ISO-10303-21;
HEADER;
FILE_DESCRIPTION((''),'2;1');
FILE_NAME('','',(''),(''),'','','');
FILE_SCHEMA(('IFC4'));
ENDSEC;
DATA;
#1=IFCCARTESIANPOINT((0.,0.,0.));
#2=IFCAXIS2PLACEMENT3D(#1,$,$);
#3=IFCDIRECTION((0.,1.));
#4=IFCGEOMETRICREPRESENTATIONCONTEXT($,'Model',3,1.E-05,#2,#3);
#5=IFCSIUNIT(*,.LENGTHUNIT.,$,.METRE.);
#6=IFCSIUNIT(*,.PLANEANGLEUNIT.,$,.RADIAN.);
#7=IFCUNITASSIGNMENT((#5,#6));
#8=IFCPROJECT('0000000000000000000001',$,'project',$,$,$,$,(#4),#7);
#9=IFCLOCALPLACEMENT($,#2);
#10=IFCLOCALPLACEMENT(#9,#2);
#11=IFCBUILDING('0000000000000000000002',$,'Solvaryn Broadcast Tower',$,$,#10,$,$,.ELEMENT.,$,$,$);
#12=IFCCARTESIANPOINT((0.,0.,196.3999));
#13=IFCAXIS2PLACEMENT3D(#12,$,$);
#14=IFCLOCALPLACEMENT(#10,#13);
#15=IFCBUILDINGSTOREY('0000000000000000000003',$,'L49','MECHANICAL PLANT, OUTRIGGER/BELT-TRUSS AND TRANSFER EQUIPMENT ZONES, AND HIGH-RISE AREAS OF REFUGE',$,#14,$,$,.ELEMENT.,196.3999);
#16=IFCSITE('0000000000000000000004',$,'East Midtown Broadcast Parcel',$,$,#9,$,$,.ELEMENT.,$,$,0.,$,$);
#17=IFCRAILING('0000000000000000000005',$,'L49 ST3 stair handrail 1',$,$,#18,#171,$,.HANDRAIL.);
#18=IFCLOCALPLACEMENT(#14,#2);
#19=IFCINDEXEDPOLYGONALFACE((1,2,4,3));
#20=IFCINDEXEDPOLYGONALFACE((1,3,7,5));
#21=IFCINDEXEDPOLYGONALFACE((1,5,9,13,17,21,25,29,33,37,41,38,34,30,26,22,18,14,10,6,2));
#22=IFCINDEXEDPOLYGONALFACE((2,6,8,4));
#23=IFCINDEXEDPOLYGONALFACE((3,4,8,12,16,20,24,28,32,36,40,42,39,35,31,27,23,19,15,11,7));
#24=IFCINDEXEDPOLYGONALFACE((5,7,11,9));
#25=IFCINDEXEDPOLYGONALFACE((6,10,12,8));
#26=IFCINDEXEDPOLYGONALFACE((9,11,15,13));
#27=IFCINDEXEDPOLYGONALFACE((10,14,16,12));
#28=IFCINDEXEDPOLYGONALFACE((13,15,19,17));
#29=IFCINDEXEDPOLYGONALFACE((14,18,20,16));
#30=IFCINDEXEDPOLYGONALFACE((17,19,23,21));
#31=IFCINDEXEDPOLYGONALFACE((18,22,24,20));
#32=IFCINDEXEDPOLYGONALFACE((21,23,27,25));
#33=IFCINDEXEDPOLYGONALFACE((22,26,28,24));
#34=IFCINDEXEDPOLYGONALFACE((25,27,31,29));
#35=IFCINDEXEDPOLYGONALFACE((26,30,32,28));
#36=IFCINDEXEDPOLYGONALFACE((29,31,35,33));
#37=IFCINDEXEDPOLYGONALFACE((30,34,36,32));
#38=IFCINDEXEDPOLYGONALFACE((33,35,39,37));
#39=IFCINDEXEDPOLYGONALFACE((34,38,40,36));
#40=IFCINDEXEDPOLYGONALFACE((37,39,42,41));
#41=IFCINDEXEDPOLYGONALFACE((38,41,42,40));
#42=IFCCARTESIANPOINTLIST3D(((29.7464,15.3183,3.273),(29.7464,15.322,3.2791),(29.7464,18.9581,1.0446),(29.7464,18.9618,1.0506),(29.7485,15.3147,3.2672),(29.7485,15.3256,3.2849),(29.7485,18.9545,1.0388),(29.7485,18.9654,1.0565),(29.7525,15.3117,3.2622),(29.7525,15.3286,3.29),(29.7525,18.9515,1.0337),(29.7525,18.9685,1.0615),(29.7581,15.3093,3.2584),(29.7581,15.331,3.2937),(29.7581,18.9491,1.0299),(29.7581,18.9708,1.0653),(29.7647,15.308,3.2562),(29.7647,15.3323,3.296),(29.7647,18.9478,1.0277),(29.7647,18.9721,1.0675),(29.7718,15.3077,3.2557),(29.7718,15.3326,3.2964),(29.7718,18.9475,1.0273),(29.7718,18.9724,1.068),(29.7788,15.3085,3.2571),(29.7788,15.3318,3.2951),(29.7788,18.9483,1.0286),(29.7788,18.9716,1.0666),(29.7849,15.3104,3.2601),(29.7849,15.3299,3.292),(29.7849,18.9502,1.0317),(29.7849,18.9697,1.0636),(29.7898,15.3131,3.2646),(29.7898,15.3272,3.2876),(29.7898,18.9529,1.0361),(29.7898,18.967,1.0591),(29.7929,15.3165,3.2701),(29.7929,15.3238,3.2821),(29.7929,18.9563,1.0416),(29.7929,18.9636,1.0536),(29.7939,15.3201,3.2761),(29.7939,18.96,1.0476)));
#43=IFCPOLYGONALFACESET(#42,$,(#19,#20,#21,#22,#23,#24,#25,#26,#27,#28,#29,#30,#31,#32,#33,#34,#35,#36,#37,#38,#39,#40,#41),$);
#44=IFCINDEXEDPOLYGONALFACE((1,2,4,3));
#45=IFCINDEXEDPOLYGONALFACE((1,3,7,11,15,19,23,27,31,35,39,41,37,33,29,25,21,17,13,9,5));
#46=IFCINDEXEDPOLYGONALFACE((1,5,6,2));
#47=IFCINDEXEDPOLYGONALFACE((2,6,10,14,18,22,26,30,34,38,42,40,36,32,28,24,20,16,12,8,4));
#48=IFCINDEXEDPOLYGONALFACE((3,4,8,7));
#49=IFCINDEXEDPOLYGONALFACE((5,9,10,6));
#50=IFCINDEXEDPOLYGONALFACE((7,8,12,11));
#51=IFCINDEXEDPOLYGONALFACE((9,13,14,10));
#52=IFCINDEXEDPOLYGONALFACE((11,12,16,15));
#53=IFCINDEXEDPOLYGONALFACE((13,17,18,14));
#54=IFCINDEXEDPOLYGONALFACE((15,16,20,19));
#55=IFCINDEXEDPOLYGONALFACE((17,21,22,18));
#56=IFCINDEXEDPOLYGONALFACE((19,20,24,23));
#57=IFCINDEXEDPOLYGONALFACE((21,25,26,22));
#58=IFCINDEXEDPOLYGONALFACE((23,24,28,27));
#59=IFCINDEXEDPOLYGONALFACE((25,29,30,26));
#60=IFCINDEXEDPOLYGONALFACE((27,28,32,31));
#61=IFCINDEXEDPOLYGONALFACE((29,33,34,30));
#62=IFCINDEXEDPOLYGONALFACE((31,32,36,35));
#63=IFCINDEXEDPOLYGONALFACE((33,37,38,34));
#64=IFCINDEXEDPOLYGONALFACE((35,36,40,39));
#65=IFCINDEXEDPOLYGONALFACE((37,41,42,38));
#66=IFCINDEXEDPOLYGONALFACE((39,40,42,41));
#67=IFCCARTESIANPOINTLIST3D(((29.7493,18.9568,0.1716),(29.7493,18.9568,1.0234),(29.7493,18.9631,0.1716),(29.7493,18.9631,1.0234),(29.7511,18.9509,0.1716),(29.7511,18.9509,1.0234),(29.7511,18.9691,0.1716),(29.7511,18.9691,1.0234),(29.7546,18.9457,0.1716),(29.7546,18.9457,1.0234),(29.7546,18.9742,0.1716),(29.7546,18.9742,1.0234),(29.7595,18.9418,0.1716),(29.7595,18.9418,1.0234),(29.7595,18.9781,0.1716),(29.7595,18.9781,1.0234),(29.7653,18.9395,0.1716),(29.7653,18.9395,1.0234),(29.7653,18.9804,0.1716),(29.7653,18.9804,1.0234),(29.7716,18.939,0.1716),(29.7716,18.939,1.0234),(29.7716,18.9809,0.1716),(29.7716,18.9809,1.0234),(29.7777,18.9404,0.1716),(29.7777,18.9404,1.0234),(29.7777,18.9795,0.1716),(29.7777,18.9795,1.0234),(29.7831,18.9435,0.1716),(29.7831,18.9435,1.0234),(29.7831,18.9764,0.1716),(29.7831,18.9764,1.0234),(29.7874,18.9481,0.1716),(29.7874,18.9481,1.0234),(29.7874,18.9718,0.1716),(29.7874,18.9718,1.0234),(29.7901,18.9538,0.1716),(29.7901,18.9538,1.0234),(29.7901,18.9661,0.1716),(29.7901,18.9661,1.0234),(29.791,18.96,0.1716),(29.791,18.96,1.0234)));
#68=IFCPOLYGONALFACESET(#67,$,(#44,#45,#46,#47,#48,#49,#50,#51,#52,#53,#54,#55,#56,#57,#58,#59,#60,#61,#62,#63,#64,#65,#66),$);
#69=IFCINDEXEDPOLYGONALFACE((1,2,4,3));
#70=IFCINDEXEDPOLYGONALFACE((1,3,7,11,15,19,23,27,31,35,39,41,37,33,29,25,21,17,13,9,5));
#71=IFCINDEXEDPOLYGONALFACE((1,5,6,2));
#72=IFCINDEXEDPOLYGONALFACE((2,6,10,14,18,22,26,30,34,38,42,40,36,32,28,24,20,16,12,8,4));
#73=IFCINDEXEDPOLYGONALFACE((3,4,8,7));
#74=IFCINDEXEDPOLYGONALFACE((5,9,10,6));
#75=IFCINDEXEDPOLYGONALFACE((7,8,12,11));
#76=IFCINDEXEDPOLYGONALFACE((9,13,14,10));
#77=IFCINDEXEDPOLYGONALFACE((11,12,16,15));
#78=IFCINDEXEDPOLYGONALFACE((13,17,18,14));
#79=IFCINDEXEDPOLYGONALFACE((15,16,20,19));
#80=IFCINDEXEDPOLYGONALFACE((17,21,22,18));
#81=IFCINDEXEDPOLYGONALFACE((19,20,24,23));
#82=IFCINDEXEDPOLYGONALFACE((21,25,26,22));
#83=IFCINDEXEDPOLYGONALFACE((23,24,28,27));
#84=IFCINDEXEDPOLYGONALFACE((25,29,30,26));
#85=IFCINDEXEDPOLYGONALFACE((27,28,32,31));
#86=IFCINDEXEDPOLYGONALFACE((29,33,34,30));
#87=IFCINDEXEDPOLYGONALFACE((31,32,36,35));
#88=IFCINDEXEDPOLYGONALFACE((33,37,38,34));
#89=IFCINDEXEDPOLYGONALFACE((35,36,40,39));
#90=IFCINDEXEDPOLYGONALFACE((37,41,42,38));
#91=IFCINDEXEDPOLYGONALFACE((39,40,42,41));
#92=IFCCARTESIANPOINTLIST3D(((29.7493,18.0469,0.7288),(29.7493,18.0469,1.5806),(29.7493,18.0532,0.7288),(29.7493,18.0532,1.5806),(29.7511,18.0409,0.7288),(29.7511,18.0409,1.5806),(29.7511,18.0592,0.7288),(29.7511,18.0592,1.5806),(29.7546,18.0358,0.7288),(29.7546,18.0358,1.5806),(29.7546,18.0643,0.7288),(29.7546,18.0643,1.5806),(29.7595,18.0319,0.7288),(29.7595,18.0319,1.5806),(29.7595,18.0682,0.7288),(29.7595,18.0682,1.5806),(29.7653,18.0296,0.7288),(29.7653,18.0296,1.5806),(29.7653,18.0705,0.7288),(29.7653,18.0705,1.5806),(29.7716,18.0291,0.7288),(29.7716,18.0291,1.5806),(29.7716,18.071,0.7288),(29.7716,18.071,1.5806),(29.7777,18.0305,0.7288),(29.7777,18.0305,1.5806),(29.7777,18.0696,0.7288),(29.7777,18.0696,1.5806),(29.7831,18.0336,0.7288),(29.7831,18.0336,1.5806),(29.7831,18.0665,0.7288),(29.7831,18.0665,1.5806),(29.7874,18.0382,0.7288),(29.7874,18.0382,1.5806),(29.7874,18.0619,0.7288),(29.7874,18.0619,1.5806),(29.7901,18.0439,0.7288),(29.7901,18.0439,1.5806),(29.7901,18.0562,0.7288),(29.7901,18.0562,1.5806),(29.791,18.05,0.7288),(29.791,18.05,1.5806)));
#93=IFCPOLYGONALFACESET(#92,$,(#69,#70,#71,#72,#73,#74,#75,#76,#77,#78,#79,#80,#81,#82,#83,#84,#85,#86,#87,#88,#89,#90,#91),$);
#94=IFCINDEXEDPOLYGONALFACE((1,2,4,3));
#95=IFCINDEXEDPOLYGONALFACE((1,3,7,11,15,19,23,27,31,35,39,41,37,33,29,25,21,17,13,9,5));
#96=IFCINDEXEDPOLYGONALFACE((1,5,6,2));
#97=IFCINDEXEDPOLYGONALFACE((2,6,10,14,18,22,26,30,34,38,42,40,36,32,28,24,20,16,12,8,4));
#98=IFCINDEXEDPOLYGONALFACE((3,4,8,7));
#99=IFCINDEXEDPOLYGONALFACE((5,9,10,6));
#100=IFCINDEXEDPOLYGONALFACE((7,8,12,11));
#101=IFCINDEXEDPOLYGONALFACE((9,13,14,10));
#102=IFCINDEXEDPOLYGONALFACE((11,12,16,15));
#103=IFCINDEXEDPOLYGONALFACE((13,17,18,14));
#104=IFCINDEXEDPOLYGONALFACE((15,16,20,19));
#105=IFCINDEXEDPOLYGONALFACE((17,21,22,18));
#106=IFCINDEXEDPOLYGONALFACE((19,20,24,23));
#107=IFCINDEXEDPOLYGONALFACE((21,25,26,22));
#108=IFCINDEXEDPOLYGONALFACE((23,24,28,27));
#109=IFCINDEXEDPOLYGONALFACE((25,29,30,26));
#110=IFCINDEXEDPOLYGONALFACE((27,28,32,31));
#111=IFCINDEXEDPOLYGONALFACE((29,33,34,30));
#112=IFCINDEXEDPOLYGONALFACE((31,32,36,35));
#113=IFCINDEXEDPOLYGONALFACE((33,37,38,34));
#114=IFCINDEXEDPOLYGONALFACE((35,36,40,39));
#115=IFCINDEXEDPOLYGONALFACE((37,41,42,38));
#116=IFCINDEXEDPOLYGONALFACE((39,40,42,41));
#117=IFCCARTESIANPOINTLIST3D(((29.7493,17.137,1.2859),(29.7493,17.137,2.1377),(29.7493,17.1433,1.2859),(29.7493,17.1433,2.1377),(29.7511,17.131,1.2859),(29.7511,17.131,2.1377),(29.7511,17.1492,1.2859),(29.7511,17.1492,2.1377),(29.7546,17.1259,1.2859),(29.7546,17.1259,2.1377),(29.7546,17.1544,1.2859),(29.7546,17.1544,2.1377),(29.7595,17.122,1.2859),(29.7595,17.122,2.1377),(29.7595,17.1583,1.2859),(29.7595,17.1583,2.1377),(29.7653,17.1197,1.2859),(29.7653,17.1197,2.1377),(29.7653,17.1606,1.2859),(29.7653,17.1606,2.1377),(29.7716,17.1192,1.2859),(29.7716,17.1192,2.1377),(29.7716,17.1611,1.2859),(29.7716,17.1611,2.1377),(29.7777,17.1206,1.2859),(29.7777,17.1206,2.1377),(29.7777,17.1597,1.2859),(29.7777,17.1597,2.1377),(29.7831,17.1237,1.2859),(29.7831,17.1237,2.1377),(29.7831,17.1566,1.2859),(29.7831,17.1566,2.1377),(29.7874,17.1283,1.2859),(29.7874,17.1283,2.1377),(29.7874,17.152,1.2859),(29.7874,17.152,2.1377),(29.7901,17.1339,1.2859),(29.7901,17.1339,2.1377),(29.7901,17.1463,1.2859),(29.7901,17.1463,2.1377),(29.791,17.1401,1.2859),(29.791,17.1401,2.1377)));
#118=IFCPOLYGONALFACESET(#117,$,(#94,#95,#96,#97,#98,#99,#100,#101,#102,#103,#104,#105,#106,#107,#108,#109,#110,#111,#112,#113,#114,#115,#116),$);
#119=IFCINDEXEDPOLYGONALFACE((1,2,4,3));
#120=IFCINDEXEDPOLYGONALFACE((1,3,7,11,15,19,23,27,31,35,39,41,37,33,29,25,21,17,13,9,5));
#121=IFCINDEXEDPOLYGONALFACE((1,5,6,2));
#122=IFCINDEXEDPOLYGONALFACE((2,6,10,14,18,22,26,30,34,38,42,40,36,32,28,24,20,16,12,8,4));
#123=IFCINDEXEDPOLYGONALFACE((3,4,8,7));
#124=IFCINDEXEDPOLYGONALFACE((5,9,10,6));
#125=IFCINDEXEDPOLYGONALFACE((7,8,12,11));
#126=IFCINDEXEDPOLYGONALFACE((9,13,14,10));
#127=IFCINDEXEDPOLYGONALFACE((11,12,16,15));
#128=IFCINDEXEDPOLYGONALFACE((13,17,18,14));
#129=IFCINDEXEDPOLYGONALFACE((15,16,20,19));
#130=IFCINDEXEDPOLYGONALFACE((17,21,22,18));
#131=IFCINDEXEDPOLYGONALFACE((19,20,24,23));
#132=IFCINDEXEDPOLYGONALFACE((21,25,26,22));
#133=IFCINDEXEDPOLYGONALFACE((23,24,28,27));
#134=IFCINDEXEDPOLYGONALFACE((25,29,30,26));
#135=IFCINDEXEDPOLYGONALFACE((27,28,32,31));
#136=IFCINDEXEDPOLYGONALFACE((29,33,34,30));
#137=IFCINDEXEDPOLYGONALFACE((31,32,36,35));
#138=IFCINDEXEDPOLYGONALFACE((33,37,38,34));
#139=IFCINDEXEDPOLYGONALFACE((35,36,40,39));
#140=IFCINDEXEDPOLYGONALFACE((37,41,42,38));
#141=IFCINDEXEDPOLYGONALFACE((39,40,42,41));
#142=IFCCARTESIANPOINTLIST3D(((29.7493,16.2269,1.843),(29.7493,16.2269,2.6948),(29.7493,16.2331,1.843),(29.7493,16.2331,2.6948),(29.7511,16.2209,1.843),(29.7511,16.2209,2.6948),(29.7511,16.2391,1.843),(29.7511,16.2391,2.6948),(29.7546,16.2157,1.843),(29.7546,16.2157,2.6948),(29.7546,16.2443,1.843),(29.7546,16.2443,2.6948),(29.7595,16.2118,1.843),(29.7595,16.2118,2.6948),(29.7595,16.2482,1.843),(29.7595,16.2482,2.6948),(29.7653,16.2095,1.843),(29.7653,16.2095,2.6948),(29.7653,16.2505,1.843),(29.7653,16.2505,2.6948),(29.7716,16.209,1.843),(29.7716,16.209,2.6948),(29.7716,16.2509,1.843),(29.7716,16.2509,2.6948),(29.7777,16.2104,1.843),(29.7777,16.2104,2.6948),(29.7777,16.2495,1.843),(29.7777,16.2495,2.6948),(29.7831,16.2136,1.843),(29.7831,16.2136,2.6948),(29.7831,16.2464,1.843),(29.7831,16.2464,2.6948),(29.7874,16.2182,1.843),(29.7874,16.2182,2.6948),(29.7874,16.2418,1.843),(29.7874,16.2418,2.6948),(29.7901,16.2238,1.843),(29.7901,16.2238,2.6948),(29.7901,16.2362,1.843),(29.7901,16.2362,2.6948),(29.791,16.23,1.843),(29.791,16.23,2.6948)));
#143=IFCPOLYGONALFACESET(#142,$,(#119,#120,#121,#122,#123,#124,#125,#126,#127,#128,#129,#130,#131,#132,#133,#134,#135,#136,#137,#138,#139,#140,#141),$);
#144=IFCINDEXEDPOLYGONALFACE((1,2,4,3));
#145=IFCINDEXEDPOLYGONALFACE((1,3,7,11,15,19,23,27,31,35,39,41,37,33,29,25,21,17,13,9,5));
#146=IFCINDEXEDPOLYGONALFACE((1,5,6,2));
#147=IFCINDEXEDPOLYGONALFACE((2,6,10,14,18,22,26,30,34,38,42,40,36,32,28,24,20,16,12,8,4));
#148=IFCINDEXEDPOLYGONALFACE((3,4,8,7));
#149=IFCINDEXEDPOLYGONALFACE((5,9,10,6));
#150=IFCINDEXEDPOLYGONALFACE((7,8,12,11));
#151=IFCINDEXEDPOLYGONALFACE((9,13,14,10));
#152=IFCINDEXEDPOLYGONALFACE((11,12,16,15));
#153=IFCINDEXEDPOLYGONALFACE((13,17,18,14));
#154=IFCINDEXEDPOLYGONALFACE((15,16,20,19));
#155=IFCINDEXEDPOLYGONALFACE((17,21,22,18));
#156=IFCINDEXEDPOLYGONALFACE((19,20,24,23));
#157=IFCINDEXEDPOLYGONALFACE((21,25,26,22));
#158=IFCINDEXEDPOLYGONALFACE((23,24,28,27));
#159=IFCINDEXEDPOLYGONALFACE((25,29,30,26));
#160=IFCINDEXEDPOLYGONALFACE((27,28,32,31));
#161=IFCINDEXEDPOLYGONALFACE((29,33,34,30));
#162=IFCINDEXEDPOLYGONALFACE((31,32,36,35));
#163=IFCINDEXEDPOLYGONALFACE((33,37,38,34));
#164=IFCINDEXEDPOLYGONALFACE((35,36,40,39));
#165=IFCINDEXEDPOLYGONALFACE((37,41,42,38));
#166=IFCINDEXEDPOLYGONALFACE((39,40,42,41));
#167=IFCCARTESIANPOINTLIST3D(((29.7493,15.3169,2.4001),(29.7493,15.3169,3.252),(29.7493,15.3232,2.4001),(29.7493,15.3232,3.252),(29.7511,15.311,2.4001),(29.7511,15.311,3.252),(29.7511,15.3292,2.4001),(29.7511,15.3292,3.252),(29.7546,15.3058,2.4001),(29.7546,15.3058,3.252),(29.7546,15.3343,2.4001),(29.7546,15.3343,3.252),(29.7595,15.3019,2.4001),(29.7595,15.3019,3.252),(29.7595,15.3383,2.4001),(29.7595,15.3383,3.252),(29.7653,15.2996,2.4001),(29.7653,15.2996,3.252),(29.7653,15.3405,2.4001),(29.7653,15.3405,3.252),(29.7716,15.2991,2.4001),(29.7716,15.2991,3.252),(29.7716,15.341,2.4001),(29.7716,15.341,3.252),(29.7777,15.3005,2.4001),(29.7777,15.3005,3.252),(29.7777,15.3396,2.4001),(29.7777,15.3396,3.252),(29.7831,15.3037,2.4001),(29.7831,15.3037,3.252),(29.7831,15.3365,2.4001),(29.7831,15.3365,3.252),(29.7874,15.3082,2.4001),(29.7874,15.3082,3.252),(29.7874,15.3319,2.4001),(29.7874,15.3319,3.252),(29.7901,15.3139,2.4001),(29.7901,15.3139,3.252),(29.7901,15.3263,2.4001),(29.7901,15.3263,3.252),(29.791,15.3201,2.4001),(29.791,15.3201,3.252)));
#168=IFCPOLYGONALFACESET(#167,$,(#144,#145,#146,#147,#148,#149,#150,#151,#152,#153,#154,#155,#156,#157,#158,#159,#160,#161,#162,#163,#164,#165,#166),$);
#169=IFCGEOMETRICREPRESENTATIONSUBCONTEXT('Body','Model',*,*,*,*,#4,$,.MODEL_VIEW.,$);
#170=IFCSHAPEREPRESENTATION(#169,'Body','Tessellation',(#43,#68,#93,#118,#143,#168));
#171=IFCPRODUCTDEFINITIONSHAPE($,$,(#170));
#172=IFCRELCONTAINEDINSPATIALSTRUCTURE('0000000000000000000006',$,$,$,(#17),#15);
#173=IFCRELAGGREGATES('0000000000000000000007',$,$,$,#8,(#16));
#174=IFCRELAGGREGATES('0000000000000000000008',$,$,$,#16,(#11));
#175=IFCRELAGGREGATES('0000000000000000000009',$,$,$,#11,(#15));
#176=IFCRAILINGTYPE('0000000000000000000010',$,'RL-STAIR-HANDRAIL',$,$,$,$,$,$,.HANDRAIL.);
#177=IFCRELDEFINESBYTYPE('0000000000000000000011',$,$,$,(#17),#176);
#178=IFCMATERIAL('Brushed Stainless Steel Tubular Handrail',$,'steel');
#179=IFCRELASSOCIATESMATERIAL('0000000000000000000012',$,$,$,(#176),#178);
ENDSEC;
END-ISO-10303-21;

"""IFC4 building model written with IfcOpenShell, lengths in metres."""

from ifc_helpers import new_model, si_unit, direction, frame, origin, origin_2d, place, context, subcontext, project, spatial, circle, extrude, material, type_object, element, save


model = new_model("IFC4")

# Units and contexts
model_context = context("Model", 3, precision=1e-05, world=origin(), true_north=direction((0.0, 1.0)))
body_context = subcontext(model_context, "Body", "Model", "MODEL_VIEW")
ifc_project = project(units=[si_unit("LENGTHUNIT", "METRE"), si_unit("PLANEANGLEUNIT", "RADIAN")], contexts=[model_context])

# Site, building, storey
site_placement = place(None, origin())
site = spatial("IfcSite", under=ifc_project, at=site_placement, Name="East Midtown Broadcast Parcel", CompositionType="ELEMENT", RefElevation=0.0)
building_placement = place(site_placement, origin())
building = spatial("IfcBuilding", under=site, at=building_placement, Name="Solvaryn Broadcast Tower", CompositionType="ELEMENT")
storey_placement = place(building_placement, frame((0.0, 0.0, 196.3999)))
storey = spatial("IfcBuildingStorey", under=building, at=storey_placement, Name="L49", Description="MECHANICAL PLANT, OUTRIGGER/BELT-TRUSS AND TRANSFER EQUIPMENT ZONES, AND HIGH-RISE AREAS OF REFUGE", CompositionType="ELEMENT", Elevation=196.3999)

# Railing
ifc_material_1 = material(Name="Brushed Stainless Steel Tubular Handrail", Category="steel")
railing_type_1 = type_object("IfcRailingType", Name="RL-STAIR-HANDRAIL", PredefinedType="HANDRAIL", material=ifc_material_1)
railing_1_placement = place(storey_placement, frame((29.77, 18.96, 0.1716)))
element("IfcRailing", 1, at=railing_1_placement, inside=storey, type_object=railing_type_1, Name="L49 ST3 stair handrail 1", PredefinedType="HANDRAIL", context=body_context, shape_type="SweptSolid", body=[
    extrude(circle(Radius=0.0239, at=origin_2d()), frame((0.0, 0.0, 0.876), z_axis=(0.0, -0.85285, 0.522156), x_axis=(1.0, 0.0, 0.0)), (0.0, 0.0, 1.0), 4.2678),
    extrude(circle(Radius=0.021, at=origin_2d()), origin(), (0.0, 0.0, 1.0), 0.8518),
    extrude(circle(Radius=0.021, at=origin_2d()), frame((0.0, -0.9099, 0.5571)), (0.0, 0.0, 1.0), 0.8518),
    extrude(circle(Radius=0.021, at=origin_2d()), frame((0.0, -1.8198, 1.1143)), (0.0, 0.0, 1.0), 0.8518),
    extrude(circle(Radius=0.021, at=origin_2d()), frame((0.0, -2.73, 1.6714)), (0.0, 0.0, 1.0), 0.8518),
    extrude(circle(Radius=0.021, at=origin_2d()), frame((0.0, -3.6399, 2.2285)), (0.0, 0.0, 1.0), 0.8518),
])

save(model, "model.ifc")
